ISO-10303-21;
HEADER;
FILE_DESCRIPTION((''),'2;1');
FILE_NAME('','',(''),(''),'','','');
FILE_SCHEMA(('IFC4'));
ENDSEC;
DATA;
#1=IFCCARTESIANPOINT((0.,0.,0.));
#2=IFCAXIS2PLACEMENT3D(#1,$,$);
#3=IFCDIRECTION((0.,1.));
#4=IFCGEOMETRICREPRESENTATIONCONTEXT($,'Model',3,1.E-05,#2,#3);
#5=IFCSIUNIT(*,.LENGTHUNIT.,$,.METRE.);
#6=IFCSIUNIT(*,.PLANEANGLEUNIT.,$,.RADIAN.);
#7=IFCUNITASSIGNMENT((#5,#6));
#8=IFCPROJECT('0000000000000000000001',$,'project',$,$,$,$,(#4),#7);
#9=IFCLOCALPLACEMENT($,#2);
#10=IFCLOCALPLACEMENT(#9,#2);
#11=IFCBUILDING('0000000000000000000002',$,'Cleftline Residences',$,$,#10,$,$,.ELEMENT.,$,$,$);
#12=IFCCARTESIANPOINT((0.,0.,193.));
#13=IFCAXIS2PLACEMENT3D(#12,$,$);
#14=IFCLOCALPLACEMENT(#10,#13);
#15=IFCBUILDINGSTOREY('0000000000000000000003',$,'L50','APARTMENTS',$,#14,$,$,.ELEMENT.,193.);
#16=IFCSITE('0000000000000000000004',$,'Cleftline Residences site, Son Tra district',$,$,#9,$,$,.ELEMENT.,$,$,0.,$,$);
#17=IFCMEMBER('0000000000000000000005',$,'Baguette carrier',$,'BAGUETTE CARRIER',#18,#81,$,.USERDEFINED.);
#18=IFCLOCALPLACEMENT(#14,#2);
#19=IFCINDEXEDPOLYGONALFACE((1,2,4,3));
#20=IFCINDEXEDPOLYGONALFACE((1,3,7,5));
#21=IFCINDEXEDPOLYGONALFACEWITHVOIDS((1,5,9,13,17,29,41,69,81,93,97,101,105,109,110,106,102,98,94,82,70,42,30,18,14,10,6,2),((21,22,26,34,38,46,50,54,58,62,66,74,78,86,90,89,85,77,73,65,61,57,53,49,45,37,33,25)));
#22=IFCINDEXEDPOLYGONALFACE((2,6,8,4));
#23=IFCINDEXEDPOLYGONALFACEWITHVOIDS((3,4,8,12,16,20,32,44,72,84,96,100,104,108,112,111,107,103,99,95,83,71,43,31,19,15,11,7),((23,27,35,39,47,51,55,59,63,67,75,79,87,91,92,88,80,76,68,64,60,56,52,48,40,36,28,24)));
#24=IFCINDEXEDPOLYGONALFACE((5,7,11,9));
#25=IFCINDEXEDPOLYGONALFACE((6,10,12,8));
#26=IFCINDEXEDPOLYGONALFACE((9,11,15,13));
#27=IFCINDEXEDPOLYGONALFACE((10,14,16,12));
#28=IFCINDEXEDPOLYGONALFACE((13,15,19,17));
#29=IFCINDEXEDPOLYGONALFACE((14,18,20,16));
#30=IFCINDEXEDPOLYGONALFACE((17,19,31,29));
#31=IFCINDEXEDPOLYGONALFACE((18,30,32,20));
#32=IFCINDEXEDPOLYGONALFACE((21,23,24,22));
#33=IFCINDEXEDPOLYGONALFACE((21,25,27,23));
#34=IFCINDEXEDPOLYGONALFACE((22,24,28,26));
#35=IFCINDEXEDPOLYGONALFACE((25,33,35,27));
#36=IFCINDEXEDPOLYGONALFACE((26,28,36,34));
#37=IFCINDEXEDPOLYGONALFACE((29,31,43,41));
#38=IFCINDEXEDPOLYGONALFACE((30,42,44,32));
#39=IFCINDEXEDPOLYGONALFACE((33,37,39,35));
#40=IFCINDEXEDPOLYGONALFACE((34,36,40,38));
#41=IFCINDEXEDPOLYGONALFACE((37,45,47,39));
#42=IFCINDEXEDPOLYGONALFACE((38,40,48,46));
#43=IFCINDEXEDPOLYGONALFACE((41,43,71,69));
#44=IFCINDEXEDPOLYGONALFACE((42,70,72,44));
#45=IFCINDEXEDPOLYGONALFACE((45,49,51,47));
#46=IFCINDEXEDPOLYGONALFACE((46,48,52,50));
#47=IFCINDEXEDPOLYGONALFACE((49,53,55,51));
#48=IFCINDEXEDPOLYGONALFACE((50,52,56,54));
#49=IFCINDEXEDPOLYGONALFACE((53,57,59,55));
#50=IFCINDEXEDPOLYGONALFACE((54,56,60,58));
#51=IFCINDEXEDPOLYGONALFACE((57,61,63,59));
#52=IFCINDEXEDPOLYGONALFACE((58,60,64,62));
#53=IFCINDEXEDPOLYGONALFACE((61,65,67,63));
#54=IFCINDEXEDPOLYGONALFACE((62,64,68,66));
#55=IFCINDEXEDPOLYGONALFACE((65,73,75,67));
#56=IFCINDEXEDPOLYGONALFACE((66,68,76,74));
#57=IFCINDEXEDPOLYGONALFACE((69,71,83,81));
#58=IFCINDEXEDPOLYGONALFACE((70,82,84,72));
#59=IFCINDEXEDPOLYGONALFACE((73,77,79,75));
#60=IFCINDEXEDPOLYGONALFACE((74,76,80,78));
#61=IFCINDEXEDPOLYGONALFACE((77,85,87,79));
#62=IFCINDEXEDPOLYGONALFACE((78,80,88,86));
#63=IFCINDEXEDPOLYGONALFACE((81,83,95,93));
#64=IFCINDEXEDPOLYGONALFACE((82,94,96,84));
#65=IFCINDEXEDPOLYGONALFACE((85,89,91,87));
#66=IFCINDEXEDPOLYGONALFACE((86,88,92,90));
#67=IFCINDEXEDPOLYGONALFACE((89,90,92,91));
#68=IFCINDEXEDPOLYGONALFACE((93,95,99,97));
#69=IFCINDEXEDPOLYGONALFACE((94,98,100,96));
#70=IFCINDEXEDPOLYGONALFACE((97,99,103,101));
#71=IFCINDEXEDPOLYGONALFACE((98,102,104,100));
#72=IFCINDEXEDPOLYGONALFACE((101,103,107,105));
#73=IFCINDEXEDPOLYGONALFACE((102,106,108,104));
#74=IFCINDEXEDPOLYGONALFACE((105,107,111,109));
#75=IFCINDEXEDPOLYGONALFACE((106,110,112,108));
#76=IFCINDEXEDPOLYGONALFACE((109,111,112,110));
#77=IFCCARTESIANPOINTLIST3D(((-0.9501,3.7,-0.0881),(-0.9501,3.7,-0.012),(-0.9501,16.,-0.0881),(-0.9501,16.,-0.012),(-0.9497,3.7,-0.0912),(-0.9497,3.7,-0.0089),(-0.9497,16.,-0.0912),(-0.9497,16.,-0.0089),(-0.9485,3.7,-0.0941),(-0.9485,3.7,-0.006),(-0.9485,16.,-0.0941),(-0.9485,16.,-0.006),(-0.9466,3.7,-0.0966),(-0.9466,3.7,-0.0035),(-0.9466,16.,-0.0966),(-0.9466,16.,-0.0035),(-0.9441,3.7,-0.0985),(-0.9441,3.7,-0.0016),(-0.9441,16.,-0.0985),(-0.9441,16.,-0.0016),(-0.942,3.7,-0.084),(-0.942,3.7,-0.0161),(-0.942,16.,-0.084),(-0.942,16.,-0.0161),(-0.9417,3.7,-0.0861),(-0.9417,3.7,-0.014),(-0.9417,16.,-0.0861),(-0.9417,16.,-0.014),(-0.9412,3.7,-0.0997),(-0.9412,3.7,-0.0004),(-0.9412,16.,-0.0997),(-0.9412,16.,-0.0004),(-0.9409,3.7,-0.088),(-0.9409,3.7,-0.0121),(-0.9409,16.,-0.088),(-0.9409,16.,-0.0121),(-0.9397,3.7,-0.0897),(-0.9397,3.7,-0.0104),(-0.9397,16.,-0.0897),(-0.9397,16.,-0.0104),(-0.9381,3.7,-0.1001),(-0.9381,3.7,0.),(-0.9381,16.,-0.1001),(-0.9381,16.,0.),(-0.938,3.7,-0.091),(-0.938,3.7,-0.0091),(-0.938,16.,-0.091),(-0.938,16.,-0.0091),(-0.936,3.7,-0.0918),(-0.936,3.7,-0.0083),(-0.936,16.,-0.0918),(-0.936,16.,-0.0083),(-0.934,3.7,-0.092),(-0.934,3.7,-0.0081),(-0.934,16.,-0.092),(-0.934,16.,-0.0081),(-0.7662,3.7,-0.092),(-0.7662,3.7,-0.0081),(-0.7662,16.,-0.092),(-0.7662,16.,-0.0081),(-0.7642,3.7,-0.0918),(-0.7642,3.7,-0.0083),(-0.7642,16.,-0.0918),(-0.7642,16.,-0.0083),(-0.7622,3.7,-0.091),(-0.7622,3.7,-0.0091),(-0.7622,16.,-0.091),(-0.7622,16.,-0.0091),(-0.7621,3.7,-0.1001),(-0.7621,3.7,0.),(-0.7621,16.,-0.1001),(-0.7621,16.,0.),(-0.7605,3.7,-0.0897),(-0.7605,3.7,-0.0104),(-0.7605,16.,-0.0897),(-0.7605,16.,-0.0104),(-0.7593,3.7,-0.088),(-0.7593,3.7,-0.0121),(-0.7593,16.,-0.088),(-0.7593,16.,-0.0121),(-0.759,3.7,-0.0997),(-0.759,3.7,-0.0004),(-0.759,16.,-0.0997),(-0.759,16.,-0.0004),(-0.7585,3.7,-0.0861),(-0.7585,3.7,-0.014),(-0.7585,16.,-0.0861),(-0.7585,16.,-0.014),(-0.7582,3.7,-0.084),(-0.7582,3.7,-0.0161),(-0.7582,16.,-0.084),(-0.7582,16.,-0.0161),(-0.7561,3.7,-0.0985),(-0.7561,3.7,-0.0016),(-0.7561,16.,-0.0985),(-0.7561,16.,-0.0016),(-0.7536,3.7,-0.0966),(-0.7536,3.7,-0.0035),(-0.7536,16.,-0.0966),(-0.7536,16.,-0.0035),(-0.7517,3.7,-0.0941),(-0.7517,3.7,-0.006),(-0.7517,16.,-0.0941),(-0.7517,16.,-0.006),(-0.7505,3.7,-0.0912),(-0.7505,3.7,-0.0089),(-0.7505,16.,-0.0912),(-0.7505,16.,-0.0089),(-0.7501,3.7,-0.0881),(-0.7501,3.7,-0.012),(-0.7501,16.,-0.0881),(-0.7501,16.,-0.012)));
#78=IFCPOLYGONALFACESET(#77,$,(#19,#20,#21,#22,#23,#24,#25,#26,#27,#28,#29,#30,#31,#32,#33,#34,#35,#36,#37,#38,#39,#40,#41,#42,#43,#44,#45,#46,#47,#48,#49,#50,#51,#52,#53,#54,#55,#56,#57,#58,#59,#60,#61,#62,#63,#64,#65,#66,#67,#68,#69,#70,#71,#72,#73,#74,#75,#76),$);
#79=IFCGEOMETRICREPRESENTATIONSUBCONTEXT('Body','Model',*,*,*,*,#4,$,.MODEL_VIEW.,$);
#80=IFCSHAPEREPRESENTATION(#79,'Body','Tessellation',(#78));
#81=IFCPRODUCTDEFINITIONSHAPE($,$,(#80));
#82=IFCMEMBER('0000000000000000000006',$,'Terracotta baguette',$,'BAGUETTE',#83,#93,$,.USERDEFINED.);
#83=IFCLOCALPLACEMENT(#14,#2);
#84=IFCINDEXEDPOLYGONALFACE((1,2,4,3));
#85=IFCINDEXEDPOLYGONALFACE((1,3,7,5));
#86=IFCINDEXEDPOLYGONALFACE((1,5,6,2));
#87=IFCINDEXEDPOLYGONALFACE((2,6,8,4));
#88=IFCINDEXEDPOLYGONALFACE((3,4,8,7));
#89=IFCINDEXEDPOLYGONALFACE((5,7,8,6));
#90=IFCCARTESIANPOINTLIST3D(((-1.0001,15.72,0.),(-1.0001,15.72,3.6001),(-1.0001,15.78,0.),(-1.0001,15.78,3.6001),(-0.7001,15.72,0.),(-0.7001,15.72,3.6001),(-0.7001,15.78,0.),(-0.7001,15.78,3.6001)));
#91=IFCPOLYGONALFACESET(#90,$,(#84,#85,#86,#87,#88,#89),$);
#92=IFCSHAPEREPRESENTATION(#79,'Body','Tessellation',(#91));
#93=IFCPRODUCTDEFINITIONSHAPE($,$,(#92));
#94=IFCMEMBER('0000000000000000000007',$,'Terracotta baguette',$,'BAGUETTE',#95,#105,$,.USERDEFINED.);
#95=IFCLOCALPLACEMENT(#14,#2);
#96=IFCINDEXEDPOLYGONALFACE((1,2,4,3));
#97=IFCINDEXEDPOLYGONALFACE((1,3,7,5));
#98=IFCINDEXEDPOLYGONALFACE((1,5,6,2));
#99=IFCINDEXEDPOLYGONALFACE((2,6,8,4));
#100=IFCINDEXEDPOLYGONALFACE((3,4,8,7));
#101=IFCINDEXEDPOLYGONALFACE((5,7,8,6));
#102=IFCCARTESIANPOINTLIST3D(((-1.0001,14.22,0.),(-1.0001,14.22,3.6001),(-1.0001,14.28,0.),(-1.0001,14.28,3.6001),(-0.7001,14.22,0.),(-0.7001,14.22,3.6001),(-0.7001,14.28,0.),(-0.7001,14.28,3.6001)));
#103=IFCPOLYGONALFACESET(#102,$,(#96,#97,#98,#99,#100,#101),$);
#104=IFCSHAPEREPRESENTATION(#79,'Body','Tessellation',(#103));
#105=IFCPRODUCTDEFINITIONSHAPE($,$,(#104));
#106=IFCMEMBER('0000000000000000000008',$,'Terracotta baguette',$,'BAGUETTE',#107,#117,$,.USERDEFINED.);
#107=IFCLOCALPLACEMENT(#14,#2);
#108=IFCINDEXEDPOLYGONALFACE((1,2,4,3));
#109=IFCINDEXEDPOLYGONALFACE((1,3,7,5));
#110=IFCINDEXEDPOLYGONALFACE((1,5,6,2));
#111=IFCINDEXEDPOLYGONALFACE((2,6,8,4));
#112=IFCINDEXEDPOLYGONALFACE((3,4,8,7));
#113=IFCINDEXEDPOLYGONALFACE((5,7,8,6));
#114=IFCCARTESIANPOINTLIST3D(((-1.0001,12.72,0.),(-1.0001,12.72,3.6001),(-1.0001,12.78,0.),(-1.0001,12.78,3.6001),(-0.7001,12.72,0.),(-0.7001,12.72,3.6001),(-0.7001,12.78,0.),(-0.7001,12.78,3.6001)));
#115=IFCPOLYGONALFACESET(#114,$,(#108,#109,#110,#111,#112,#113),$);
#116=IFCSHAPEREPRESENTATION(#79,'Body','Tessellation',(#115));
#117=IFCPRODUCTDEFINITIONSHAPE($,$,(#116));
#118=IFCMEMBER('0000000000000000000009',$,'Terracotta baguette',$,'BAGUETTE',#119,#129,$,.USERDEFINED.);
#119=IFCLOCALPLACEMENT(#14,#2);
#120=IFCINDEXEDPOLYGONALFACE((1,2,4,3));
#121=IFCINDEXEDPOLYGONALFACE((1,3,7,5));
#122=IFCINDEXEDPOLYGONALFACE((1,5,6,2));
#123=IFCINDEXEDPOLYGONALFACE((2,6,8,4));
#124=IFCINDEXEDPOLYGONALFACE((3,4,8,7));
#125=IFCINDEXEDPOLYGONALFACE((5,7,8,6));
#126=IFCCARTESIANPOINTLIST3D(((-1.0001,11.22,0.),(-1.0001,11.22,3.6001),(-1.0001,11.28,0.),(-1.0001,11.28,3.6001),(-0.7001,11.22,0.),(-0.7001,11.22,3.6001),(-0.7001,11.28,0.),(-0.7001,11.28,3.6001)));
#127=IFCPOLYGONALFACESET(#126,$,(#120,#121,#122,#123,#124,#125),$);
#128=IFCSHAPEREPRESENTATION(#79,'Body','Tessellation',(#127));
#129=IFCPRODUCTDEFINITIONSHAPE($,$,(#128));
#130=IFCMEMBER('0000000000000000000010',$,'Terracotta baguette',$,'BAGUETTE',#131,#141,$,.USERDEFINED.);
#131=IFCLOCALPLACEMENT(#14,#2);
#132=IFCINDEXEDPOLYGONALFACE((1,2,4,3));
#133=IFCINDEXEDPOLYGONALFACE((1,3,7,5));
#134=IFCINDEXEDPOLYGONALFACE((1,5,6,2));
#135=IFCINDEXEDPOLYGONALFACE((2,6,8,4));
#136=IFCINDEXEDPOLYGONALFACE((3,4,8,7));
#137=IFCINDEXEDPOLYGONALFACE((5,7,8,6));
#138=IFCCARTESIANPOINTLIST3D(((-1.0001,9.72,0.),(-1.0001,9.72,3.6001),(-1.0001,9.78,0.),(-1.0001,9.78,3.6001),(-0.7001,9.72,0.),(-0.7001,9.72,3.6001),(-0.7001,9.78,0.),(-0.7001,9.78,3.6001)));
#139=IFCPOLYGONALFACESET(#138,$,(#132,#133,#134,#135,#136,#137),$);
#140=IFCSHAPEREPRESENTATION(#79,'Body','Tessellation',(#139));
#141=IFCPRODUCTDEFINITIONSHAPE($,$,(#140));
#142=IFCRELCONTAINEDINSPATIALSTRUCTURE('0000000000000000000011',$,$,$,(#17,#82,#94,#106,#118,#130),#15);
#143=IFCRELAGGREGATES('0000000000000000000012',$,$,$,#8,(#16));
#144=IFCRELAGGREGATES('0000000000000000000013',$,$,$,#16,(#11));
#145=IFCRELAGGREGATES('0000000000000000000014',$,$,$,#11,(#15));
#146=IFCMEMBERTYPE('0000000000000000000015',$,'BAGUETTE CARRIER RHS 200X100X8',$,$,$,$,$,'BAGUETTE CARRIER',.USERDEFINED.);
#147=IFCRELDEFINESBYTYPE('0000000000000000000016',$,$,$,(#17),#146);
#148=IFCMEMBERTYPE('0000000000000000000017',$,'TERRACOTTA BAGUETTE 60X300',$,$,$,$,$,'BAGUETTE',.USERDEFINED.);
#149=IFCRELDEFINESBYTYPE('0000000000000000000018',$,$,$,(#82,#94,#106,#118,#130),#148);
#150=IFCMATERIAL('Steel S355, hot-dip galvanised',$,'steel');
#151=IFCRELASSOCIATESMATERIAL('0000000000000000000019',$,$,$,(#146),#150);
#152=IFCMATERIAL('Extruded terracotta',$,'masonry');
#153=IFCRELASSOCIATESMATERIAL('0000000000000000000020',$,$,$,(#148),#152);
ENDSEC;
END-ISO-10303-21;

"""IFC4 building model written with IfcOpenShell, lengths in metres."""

from ifc_helpers import new_model, si_unit, direction, frame, origin, origin_2d, place, context, subcontext, project, spatial, rectangle, hollow_rectangle, extrude, material, material_profile, profile_set, type_object, element, save


model = new_model("IFC4")

# Units and contexts
model_context = context("Model", 3, precision=1e-05, world=origin(), true_north=direction((0.0, 1.0)))
body_context = subcontext(model_context, "Body", "Model", "MODEL_VIEW")
ifc_project = project(units=[si_unit("LENGTHUNIT", "METRE"), si_unit("PLANEANGLEUNIT", "RADIAN")], contexts=[model_context])

# Site, building, storey
site_placement = place(None, origin())
site = spatial("IfcSite", under=ifc_project, at=site_placement, Name="Cleftline Residences site, Son Tra district", CompositionType="ELEMENT", RefElevation=0.0)
building_placement = place(site_placement, origin())
building = spatial("IfcBuilding", under=site, at=building_placement, Name="Cleftline Residences", CompositionType="ELEMENT")
storey_placement = place(building_placement, frame((0.0, 0.0, 193.0)))
storey = spatial("IfcBuildingStorey", under=building, at=storey_placement, Name="L50", Description="APARTMENTS", CompositionType="ELEMENT", Elevation=193.0)

# Members
ifc_material_1 = material(Name="Steel S355, hot-dip galvanised", Category="steel")
ifc_material_profile_1 = material_profile(ifc_material_1, hollow_rectangle(XDim=0.1001, YDim=0.2, WallThickness=0.0081, InnerFilletRadius=0.0081, OuterFilletRadius=0.012, at=origin_2d()))
ifc_profile_set_1 = profile_set([ifc_material_profile_1], Name="Steel S355, hot-dip galvanised")
member_type_1 = type_object("IfcMemberType", Name="BAGUETTE CARRIER RHS 200X100X8", ElementType="BAGUETTE CARRIER", PredefinedType="USERDEFINED", material=ifc_profile_set_1)
member_placement = place(storey_placement, frame((-0.8501, 16.0, -0.05), z_axis=(0.0, -1.0, 0.0), x_axis=(0.0, 0.0, 1.0)))
element("IfcMember", 1, at=member_placement, inside=storey, type_object=member_type_1, Name="Baguette carrier", ObjectType="BAGUETTE CARRIER", PredefinedType="USERDEFINED", context=body_context, shape_type="SweptSolid", body=[
    extrude(hollow_rectangle(XDim=0.1001, YDim=0.2, WallThickness=0.0081, InnerFilletRadius=0.0081, OuterFilletRadius=0.012, at=origin_2d()), origin(), (0.0, 0.0, 1.0), 12.3),
])
ifc_material_2 = material(Name="Extruded terracotta", Category="masonry")
ifc_material_profile_2 = material_profile(ifc_material_2, rectangle(XDim=0.0601, YDim=0.3, at=origin_2d()))
ifc_profile_set_2 = profile_set([ifc_material_profile_2], Name="Extruded terracotta")
member_type_2 = type_object("IfcMemberType", Name="TERRACOTTA BAGUETTE 60X300", ElementType="BAGUETTE", PredefinedType="USERDEFINED", material=ifc_profile_set_2)
for number, where, z_axis, x_axis, name in (
    (2, (-0.8501, 15.75, 0.0), (0.0, 0.0, 1.0), (0.0, 1.0, 0.0), "Terracotta baguette"),
    (3, (-0.8501, 14.25, 0.0), (0.0, 0.0, 1.0), (0.0, 1.0, 0.0), "Terracotta baguette"),
    (4, (-0.8501, 12.75, 0.0), (0.0, 0.0, 1.0), (0.0, 1.0, 0.0), "Terracotta baguette"),
    (5, (-0.8501, 11.25, 0.0), (0.0, 0.0, 1.0), (0.0, 1.0, 0.0), "Terracotta baguette"),
    (6, (-0.8501, 9.75, 0.0), (0.0, 0.0, 1.0), (0.0, 1.0, 0.0), "Terracotta baguette"),
):
    element("IfcMember", number, at=place(storey_placement, frame(where, z_axis=z_axis, x_axis=x_axis)), inside=storey, type_object=member_type_2, Name=name, ObjectType="BAGUETTE", PredefinedType="USERDEFINED", context=body_context, shape_type="SweptSolid", body=[
        extrude(rectangle(XDim=0.0601, YDim=0.3, at=origin_2d()), origin(), (0.0, 0.0, 1.0), 3.6001),
    ])

save(model, "model.ifc")
